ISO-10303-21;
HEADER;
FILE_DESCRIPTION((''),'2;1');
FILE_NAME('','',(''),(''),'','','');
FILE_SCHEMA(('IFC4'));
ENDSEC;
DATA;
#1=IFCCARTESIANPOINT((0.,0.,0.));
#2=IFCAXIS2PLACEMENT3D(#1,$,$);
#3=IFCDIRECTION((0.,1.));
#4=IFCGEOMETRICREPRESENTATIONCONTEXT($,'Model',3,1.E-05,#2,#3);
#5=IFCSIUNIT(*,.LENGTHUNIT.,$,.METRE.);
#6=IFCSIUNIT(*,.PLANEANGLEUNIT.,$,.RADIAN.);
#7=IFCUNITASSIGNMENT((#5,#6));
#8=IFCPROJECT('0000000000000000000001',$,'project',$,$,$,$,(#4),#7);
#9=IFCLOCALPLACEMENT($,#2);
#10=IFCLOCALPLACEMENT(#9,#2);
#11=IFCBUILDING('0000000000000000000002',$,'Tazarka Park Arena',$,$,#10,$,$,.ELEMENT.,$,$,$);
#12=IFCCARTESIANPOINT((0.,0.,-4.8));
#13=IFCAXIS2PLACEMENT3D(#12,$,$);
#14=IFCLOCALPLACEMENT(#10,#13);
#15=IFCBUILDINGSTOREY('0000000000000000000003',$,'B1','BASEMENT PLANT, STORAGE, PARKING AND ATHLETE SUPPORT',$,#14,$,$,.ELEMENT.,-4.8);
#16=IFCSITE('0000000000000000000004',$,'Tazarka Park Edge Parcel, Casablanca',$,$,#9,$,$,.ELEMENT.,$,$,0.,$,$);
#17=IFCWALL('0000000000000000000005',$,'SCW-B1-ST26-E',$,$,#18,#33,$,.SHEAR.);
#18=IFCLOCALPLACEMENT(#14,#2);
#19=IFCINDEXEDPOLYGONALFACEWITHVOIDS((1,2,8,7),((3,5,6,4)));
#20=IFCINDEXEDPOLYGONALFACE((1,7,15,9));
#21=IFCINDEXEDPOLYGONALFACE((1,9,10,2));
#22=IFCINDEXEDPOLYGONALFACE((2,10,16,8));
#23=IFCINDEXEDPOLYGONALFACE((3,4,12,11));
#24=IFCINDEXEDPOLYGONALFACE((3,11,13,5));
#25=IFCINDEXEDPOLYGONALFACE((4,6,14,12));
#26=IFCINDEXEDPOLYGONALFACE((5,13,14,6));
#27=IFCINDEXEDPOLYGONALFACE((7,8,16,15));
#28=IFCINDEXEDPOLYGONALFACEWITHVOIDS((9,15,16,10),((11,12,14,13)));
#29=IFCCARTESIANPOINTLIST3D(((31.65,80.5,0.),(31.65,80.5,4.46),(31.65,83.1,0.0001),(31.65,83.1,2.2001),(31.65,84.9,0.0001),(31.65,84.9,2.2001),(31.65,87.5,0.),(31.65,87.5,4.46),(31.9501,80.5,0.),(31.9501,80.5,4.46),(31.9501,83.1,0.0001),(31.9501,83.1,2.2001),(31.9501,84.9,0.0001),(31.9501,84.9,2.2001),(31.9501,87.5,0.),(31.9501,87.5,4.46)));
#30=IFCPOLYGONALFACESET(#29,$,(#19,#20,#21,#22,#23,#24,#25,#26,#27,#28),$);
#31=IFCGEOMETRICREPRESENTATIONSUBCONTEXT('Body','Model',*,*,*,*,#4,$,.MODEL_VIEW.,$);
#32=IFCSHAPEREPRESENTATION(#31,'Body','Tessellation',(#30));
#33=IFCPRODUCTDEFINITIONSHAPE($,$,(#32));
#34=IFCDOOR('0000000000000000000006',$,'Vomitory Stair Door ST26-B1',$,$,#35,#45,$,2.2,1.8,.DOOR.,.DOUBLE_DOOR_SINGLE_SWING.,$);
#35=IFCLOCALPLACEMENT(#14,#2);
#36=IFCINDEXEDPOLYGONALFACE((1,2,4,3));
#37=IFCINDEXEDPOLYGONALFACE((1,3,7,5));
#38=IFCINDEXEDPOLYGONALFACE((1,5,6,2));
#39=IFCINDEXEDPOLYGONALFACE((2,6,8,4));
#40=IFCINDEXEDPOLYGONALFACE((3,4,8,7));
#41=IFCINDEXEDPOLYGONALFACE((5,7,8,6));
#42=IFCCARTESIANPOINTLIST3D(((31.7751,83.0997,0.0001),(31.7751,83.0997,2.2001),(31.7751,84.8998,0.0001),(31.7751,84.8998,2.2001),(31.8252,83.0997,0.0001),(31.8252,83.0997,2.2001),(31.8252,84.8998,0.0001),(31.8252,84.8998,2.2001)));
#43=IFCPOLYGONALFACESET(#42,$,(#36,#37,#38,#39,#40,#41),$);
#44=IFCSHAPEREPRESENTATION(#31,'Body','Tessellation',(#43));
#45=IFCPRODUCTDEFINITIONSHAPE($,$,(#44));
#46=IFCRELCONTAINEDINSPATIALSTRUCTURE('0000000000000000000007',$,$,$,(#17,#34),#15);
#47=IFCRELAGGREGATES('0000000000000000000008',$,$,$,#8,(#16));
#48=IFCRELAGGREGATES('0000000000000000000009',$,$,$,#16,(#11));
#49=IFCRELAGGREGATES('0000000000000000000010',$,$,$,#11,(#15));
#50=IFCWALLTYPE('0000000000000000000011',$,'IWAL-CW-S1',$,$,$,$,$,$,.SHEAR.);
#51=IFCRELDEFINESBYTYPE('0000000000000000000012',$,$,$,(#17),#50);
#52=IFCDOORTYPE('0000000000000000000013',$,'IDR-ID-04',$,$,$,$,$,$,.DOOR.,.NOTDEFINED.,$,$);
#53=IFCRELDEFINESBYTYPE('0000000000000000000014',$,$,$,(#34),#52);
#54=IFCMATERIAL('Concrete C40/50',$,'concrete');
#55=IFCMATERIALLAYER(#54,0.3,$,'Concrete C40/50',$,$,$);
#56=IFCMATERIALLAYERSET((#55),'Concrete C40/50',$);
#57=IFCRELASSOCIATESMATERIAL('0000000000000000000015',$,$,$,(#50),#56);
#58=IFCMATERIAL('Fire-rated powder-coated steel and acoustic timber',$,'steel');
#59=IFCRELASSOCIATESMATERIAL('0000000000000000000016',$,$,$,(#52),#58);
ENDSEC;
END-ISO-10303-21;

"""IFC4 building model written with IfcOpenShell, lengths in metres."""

from ifc_helpers import new_model, si_unit, direction, frame, frame_2d, origin, place, context, subcontext, project, spatial, rectangle, extrude, material, layer, layer_set, type_object, element, fill, save


model = new_model("IFC4")

# Units and contexts
model_context = context("Model", 3, precision=1e-05, world=origin(), true_north=direction((0.0, 1.0)))
body_context = subcontext(model_context, "Body", "Model", "MODEL_VIEW")
ifc_project = project(units=[si_unit("LENGTHUNIT", "METRE"), si_unit("PLANEANGLEUNIT", "RADIAN")], contexts=[model_context])

# Site, building, storey
site_placement = place(None, origin())
site = spatial("IfcSite", under=ifc_project, at=site_placement, Name="Tazarka Park Edge Parcel, Casablanca", CompositionType="ELEMENT", RefElevation=0.0)
building_placement = place(site_placement, origin())
building = spatial("IfcBuilding", under=site, at=building_placement, Name="Tazarka Park Arena", CompositionType="ELEMENT")
storey_placement = place(building_placement, frame((0.0, 0.0, -4.8)))
storey = spatial("IfcBuildingStorey", under=building, at=storey_placement, Name="B1", Description="BASEMENT PLANT, STORAGE, PARKING AND ATHLETE SUPPORT", CompositionType="ELEMENT", Elevation=-4.8)

# Shared definitions
ifc_material_1 = material(Name="Concrete C40/50", Category="concrete")
ifc_layer = layer(ifc_material_1, 0.3, Name="Concrete C40/50")
ifc_layer_set = layer_set([ifc_layer], Name="Concrete C40/50")
wall_type = type_object("IfcWallType", Name="IWAL-CW-S1", PredefinedType="SHEAR", material=ifc_layer_set)

# Wall, opening, door
wall_1_placement = place(storey_placement, frame((31.8, 87.5, 0.0), z_axis=(0.0, 0.0, 1.0), x_axis=(0.0, -1.0, 0.0)))
wall_1 = element("IfcWall", 1, at=wall_1_placement, inside=storey, type_object=wall_type, Name="SCW-B1-ST26-E", PredefinedType="SHEAR", context=body_context, shape_type="SweptSolid", body=[
    extrude(rectangle(XDim=7.0, YDim=0.3, at=frame_2d((3.5, 0.0))), origin(), (0.0, 0.0, 1.0), 4.46),
])
opening_placement = place(wall_1_placement, frame((2.6001, 0.0, 0.0)))
opening = element("IfcOpeningElement", 2, at=opening_placement, cuts=wall_1, PredefinedType="OPENING", context=body_context, shape_type="SweptSolid", body=[
    extrude(rectangle(XDim=1.8, YDim=2.2, at=frame_2d((0.8999, 1.1001))), frame((0.0, 0.1602, 0.0), z_axis=(0.0, -1.0, 0.0), x_axis=(1.0, 0.0, 0.0)), (0.0, 0.0, 1.0), 0.3201),
])
ifc_material_2 = material(Name="Fire-rated powder-coated steel and acoustic timber", Category="steel")
door_type = type_object("IfcDoorType", Name="IDR-ID-04", OperationType="NOTDEFINED", PredefinedType="DOOR", material=ifc_material_2)
door_placement = place(opening_placement, frame((1.8, 0.0, 0.0), z_axis=(0.0, 0.0, 1.0), x_axis=(-1.0, 0.0, 0.0)))
door = element("IfcDoor", 3, at=door_placement, inside=storey, type_object=door_type, Name="Vomitory Stair Door ST26-B1", OperationType="DOUBLE_DOOR_SINGLE_SWING", OverallHeight=2.2, OverallWidth=1.8, PredefinedType="DOOR", context=body_context, shape_type="SweptSolid", body=[
    extrude(rectangle(XDim=1.8, YDim=2.2, at=frame_2d((0.8999, 1.1001))), frame((0.0, 0.0249, 0.0), z_axis=(0.0, -1.0, 0.0), x_axis=(1.0, 0.0, 0.0)), (0.0, 0.0, 1.0), 0.05),
])
fill(opening, door)

save(model, "model.ifc")
